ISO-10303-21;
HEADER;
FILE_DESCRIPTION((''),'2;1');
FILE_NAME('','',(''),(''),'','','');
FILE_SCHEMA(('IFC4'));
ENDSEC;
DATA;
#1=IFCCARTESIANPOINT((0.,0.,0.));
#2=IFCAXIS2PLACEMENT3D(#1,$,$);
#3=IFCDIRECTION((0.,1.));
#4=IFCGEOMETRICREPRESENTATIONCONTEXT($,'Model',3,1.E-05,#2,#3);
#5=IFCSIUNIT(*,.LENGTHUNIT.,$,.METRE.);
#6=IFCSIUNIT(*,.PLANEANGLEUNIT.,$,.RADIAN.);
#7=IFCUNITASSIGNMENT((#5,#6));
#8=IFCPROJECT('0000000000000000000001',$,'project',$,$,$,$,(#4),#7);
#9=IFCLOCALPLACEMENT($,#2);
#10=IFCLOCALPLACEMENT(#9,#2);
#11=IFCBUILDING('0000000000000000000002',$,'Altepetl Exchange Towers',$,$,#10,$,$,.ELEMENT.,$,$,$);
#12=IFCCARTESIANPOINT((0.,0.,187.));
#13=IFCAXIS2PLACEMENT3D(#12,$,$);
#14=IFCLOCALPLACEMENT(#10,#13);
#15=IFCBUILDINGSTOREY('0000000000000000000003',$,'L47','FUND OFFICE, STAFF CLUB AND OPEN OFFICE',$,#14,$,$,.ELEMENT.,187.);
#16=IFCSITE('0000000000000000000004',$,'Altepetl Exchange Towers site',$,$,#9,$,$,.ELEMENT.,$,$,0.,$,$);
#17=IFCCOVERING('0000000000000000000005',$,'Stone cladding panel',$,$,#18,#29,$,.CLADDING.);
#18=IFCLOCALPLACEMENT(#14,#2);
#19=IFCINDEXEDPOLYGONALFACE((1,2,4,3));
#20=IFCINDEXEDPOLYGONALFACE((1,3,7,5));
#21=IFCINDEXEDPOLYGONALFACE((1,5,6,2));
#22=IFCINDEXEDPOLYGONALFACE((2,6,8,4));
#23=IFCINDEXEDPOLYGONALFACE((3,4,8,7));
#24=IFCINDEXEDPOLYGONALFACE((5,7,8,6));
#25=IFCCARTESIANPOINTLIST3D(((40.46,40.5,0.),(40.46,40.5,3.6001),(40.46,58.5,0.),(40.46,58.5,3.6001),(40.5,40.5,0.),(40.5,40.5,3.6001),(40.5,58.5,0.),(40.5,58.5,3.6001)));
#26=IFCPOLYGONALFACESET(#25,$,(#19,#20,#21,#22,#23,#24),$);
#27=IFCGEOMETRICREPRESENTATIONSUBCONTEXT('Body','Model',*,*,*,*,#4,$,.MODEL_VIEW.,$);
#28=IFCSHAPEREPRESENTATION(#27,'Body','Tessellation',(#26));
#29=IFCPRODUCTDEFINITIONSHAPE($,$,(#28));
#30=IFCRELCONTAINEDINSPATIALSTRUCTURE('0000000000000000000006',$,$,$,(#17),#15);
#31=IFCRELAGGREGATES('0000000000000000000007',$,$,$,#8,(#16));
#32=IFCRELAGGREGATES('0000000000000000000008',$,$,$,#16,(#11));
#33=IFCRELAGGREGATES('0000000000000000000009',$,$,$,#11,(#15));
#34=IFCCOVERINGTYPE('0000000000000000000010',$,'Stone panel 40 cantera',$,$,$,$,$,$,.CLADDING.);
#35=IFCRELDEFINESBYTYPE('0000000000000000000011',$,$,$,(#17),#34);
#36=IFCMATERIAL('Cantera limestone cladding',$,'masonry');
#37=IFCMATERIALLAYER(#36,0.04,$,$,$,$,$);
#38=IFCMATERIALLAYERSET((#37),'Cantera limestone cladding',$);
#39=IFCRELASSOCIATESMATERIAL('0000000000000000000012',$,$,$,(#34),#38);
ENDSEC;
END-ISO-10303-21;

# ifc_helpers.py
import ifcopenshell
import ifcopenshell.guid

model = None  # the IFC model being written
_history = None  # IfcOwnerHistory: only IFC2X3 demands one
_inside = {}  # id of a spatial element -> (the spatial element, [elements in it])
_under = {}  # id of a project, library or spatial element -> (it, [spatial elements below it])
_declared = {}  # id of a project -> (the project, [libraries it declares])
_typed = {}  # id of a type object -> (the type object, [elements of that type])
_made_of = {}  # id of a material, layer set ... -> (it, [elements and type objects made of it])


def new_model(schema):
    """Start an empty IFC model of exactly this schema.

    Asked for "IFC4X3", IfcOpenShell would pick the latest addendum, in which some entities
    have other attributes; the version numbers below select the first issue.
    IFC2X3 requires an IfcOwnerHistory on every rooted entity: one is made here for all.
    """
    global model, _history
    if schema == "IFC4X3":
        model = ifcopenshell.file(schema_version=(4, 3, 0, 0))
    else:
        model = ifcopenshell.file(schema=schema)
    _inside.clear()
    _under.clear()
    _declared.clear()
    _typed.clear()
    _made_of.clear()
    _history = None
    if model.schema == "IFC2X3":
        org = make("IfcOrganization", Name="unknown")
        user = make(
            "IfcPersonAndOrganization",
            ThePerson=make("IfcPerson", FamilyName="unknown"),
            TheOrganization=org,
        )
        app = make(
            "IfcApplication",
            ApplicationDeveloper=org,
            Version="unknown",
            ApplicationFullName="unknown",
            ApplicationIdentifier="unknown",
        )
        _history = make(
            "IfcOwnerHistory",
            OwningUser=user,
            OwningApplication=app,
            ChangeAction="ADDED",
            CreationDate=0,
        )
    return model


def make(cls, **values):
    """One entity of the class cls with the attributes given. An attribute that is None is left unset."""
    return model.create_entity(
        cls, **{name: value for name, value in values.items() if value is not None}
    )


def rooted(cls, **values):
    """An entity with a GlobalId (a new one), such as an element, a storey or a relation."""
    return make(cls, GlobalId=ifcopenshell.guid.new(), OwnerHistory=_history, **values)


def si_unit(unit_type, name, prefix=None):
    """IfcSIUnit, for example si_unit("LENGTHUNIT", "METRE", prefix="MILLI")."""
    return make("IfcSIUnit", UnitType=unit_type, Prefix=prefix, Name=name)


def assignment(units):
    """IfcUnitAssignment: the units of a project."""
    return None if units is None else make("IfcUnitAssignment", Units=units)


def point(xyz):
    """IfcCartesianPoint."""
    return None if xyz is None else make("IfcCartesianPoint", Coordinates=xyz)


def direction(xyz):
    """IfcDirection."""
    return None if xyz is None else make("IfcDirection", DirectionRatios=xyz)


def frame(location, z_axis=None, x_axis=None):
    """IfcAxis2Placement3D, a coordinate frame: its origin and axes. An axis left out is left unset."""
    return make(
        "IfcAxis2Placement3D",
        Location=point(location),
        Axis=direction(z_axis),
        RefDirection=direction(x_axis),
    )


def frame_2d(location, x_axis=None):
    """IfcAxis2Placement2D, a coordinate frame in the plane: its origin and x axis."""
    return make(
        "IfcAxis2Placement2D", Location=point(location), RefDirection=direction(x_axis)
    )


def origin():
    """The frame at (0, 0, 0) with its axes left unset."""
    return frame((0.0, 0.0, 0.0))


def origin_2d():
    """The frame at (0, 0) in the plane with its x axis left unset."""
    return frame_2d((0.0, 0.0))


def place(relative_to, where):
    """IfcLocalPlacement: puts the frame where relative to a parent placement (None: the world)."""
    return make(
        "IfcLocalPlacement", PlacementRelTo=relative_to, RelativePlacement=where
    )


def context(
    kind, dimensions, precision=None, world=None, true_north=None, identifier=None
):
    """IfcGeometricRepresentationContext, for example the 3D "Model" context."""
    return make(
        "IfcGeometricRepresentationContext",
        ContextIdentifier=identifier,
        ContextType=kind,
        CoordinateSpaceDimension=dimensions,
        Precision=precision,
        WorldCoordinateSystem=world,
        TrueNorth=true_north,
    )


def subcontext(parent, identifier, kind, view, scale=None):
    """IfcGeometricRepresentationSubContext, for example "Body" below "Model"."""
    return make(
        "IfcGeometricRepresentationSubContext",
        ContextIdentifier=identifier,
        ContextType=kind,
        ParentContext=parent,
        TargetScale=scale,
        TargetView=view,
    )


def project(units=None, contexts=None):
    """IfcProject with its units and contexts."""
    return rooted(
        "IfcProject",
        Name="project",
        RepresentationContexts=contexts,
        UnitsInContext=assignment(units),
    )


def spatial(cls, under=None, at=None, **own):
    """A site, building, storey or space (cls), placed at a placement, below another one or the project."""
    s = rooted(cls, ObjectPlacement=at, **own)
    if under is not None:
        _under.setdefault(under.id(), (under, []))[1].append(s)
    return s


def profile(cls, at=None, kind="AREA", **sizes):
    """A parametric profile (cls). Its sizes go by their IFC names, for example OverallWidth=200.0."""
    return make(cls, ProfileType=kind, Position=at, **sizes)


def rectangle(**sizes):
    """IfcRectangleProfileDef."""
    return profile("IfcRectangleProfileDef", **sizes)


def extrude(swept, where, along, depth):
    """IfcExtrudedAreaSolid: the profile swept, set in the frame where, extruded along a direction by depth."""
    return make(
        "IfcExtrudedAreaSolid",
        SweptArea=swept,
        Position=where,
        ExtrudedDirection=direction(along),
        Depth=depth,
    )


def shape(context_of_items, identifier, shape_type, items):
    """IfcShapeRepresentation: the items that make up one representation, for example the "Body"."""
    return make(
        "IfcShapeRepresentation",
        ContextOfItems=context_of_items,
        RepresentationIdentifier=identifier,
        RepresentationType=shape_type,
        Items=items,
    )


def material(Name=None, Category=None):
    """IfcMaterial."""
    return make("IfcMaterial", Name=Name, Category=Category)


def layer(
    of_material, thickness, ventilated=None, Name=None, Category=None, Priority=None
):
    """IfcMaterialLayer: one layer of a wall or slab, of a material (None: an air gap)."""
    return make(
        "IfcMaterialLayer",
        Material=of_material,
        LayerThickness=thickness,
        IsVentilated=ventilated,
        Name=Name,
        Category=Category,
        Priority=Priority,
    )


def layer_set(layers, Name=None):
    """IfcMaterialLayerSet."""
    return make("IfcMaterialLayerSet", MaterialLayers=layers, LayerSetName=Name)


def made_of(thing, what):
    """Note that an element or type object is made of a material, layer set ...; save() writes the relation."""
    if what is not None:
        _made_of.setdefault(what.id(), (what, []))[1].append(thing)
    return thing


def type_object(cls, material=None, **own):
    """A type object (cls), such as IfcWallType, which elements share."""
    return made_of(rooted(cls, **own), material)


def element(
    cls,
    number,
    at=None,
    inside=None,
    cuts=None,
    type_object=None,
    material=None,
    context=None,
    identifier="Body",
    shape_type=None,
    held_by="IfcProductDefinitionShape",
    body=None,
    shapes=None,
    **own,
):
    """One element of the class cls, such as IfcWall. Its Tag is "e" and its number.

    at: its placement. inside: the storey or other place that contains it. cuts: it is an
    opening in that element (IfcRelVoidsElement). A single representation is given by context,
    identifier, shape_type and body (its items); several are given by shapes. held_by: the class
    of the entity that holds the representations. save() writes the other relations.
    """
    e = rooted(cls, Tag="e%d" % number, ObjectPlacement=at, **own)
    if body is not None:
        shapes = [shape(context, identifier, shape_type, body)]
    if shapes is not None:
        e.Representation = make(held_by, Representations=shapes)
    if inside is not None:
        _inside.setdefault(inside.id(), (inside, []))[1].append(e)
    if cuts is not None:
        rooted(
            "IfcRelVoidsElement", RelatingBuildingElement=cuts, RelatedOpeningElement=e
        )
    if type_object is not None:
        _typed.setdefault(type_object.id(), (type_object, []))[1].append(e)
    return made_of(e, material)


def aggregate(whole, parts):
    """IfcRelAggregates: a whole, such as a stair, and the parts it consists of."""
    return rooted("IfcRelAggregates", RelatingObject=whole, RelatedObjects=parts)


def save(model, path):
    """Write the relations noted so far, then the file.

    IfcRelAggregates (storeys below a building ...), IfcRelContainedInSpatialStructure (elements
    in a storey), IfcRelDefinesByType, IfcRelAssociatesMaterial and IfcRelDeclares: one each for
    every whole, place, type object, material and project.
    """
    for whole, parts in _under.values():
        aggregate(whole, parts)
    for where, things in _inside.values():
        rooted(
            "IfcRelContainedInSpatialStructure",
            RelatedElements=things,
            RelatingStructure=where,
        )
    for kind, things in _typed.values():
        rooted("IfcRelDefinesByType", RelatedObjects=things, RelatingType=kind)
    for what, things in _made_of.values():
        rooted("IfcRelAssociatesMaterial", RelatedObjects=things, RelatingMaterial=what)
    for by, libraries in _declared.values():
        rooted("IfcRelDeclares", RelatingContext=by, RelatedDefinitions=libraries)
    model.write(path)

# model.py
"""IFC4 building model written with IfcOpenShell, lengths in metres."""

from ifc_helpers import new_model, si_unit, direction, frame, origin, origin_2d, place, context, subcontext, project, spatial, rectangle, extrude, material, layer, layer_set, type_object, element, save


model = new_model("IFC4")

# Units and contexts
model_context = context("Model", 3, precision=1e-05, world=origin(), true_north=direction((0.0, 1.0)))
body_context = subcontext(model_context, "Body", "Model", "MODEL_VIEW")
ifc_project = project(units=[si_unit("LENGTHUNIT", "METRE"), si_unit("PLANEANGLEUNIT", "RADIAN")], contexts=[model_context])

# Site, building, storey
site_placement = place(None, origin())
site = spatial("IfcSite", under=ifc_project, at=site_placement, Name="Altepetl Exchange Towers site", CompositionType="ELEMENT", RefElevation=0.0)
building_placement = place(site_placement, origin())
building = spatial("IfcBuilding", under=site, at=building_placement, Name="Altepetl Exchange Towers", CompositionType="ELEMENT")
storey_placement = place(building_placement, frame((0.0, 0.0, 187.0)))
storey = spatial("IfcBuildingStorey", under=building, at=storey_placement, Name="L47", Description="FUND OFFICE, STAFF CLUB AND OPEN OFFICE", CompositionType="ELEMENT", Elevation=187.0)

# Covering
ifc_material_1 = material(Name="Cantera limestone cladding", Category="masonry")
ifc_layer_1 = layer(ifc_material_1, 0.04)
ifc_layer_set_1 = layer_set([ifc_layer_1], Name="Cantera limestone cladding")
covering_type = type_object("IfcCoveringType", Name="Stone panel 40 cantera", PredefinedType="CLADDING", material=ifc_layer_set_1)
covering_placement = place(storey_placement, frame((40.48, 49.5, 0.0), z_axis=(0.0, 0.0, 1.0), x_axis=(0.0, -1.0, 0.0)))
element("IfcCovering", 1, at=covering_placement, inside=storey, type_object=covering_type, Name="Stone cladding panel", PredefinedType="CLADDING", context=body_context, shape_type="SweptSolid", body=[
    extrude(rectangle(XDim=18.0, YDim=0.04, at=origin_2d()), origin(), (0.0, 0.0, 1.0), 3.6001),
])

save(model, "model.ifc")
